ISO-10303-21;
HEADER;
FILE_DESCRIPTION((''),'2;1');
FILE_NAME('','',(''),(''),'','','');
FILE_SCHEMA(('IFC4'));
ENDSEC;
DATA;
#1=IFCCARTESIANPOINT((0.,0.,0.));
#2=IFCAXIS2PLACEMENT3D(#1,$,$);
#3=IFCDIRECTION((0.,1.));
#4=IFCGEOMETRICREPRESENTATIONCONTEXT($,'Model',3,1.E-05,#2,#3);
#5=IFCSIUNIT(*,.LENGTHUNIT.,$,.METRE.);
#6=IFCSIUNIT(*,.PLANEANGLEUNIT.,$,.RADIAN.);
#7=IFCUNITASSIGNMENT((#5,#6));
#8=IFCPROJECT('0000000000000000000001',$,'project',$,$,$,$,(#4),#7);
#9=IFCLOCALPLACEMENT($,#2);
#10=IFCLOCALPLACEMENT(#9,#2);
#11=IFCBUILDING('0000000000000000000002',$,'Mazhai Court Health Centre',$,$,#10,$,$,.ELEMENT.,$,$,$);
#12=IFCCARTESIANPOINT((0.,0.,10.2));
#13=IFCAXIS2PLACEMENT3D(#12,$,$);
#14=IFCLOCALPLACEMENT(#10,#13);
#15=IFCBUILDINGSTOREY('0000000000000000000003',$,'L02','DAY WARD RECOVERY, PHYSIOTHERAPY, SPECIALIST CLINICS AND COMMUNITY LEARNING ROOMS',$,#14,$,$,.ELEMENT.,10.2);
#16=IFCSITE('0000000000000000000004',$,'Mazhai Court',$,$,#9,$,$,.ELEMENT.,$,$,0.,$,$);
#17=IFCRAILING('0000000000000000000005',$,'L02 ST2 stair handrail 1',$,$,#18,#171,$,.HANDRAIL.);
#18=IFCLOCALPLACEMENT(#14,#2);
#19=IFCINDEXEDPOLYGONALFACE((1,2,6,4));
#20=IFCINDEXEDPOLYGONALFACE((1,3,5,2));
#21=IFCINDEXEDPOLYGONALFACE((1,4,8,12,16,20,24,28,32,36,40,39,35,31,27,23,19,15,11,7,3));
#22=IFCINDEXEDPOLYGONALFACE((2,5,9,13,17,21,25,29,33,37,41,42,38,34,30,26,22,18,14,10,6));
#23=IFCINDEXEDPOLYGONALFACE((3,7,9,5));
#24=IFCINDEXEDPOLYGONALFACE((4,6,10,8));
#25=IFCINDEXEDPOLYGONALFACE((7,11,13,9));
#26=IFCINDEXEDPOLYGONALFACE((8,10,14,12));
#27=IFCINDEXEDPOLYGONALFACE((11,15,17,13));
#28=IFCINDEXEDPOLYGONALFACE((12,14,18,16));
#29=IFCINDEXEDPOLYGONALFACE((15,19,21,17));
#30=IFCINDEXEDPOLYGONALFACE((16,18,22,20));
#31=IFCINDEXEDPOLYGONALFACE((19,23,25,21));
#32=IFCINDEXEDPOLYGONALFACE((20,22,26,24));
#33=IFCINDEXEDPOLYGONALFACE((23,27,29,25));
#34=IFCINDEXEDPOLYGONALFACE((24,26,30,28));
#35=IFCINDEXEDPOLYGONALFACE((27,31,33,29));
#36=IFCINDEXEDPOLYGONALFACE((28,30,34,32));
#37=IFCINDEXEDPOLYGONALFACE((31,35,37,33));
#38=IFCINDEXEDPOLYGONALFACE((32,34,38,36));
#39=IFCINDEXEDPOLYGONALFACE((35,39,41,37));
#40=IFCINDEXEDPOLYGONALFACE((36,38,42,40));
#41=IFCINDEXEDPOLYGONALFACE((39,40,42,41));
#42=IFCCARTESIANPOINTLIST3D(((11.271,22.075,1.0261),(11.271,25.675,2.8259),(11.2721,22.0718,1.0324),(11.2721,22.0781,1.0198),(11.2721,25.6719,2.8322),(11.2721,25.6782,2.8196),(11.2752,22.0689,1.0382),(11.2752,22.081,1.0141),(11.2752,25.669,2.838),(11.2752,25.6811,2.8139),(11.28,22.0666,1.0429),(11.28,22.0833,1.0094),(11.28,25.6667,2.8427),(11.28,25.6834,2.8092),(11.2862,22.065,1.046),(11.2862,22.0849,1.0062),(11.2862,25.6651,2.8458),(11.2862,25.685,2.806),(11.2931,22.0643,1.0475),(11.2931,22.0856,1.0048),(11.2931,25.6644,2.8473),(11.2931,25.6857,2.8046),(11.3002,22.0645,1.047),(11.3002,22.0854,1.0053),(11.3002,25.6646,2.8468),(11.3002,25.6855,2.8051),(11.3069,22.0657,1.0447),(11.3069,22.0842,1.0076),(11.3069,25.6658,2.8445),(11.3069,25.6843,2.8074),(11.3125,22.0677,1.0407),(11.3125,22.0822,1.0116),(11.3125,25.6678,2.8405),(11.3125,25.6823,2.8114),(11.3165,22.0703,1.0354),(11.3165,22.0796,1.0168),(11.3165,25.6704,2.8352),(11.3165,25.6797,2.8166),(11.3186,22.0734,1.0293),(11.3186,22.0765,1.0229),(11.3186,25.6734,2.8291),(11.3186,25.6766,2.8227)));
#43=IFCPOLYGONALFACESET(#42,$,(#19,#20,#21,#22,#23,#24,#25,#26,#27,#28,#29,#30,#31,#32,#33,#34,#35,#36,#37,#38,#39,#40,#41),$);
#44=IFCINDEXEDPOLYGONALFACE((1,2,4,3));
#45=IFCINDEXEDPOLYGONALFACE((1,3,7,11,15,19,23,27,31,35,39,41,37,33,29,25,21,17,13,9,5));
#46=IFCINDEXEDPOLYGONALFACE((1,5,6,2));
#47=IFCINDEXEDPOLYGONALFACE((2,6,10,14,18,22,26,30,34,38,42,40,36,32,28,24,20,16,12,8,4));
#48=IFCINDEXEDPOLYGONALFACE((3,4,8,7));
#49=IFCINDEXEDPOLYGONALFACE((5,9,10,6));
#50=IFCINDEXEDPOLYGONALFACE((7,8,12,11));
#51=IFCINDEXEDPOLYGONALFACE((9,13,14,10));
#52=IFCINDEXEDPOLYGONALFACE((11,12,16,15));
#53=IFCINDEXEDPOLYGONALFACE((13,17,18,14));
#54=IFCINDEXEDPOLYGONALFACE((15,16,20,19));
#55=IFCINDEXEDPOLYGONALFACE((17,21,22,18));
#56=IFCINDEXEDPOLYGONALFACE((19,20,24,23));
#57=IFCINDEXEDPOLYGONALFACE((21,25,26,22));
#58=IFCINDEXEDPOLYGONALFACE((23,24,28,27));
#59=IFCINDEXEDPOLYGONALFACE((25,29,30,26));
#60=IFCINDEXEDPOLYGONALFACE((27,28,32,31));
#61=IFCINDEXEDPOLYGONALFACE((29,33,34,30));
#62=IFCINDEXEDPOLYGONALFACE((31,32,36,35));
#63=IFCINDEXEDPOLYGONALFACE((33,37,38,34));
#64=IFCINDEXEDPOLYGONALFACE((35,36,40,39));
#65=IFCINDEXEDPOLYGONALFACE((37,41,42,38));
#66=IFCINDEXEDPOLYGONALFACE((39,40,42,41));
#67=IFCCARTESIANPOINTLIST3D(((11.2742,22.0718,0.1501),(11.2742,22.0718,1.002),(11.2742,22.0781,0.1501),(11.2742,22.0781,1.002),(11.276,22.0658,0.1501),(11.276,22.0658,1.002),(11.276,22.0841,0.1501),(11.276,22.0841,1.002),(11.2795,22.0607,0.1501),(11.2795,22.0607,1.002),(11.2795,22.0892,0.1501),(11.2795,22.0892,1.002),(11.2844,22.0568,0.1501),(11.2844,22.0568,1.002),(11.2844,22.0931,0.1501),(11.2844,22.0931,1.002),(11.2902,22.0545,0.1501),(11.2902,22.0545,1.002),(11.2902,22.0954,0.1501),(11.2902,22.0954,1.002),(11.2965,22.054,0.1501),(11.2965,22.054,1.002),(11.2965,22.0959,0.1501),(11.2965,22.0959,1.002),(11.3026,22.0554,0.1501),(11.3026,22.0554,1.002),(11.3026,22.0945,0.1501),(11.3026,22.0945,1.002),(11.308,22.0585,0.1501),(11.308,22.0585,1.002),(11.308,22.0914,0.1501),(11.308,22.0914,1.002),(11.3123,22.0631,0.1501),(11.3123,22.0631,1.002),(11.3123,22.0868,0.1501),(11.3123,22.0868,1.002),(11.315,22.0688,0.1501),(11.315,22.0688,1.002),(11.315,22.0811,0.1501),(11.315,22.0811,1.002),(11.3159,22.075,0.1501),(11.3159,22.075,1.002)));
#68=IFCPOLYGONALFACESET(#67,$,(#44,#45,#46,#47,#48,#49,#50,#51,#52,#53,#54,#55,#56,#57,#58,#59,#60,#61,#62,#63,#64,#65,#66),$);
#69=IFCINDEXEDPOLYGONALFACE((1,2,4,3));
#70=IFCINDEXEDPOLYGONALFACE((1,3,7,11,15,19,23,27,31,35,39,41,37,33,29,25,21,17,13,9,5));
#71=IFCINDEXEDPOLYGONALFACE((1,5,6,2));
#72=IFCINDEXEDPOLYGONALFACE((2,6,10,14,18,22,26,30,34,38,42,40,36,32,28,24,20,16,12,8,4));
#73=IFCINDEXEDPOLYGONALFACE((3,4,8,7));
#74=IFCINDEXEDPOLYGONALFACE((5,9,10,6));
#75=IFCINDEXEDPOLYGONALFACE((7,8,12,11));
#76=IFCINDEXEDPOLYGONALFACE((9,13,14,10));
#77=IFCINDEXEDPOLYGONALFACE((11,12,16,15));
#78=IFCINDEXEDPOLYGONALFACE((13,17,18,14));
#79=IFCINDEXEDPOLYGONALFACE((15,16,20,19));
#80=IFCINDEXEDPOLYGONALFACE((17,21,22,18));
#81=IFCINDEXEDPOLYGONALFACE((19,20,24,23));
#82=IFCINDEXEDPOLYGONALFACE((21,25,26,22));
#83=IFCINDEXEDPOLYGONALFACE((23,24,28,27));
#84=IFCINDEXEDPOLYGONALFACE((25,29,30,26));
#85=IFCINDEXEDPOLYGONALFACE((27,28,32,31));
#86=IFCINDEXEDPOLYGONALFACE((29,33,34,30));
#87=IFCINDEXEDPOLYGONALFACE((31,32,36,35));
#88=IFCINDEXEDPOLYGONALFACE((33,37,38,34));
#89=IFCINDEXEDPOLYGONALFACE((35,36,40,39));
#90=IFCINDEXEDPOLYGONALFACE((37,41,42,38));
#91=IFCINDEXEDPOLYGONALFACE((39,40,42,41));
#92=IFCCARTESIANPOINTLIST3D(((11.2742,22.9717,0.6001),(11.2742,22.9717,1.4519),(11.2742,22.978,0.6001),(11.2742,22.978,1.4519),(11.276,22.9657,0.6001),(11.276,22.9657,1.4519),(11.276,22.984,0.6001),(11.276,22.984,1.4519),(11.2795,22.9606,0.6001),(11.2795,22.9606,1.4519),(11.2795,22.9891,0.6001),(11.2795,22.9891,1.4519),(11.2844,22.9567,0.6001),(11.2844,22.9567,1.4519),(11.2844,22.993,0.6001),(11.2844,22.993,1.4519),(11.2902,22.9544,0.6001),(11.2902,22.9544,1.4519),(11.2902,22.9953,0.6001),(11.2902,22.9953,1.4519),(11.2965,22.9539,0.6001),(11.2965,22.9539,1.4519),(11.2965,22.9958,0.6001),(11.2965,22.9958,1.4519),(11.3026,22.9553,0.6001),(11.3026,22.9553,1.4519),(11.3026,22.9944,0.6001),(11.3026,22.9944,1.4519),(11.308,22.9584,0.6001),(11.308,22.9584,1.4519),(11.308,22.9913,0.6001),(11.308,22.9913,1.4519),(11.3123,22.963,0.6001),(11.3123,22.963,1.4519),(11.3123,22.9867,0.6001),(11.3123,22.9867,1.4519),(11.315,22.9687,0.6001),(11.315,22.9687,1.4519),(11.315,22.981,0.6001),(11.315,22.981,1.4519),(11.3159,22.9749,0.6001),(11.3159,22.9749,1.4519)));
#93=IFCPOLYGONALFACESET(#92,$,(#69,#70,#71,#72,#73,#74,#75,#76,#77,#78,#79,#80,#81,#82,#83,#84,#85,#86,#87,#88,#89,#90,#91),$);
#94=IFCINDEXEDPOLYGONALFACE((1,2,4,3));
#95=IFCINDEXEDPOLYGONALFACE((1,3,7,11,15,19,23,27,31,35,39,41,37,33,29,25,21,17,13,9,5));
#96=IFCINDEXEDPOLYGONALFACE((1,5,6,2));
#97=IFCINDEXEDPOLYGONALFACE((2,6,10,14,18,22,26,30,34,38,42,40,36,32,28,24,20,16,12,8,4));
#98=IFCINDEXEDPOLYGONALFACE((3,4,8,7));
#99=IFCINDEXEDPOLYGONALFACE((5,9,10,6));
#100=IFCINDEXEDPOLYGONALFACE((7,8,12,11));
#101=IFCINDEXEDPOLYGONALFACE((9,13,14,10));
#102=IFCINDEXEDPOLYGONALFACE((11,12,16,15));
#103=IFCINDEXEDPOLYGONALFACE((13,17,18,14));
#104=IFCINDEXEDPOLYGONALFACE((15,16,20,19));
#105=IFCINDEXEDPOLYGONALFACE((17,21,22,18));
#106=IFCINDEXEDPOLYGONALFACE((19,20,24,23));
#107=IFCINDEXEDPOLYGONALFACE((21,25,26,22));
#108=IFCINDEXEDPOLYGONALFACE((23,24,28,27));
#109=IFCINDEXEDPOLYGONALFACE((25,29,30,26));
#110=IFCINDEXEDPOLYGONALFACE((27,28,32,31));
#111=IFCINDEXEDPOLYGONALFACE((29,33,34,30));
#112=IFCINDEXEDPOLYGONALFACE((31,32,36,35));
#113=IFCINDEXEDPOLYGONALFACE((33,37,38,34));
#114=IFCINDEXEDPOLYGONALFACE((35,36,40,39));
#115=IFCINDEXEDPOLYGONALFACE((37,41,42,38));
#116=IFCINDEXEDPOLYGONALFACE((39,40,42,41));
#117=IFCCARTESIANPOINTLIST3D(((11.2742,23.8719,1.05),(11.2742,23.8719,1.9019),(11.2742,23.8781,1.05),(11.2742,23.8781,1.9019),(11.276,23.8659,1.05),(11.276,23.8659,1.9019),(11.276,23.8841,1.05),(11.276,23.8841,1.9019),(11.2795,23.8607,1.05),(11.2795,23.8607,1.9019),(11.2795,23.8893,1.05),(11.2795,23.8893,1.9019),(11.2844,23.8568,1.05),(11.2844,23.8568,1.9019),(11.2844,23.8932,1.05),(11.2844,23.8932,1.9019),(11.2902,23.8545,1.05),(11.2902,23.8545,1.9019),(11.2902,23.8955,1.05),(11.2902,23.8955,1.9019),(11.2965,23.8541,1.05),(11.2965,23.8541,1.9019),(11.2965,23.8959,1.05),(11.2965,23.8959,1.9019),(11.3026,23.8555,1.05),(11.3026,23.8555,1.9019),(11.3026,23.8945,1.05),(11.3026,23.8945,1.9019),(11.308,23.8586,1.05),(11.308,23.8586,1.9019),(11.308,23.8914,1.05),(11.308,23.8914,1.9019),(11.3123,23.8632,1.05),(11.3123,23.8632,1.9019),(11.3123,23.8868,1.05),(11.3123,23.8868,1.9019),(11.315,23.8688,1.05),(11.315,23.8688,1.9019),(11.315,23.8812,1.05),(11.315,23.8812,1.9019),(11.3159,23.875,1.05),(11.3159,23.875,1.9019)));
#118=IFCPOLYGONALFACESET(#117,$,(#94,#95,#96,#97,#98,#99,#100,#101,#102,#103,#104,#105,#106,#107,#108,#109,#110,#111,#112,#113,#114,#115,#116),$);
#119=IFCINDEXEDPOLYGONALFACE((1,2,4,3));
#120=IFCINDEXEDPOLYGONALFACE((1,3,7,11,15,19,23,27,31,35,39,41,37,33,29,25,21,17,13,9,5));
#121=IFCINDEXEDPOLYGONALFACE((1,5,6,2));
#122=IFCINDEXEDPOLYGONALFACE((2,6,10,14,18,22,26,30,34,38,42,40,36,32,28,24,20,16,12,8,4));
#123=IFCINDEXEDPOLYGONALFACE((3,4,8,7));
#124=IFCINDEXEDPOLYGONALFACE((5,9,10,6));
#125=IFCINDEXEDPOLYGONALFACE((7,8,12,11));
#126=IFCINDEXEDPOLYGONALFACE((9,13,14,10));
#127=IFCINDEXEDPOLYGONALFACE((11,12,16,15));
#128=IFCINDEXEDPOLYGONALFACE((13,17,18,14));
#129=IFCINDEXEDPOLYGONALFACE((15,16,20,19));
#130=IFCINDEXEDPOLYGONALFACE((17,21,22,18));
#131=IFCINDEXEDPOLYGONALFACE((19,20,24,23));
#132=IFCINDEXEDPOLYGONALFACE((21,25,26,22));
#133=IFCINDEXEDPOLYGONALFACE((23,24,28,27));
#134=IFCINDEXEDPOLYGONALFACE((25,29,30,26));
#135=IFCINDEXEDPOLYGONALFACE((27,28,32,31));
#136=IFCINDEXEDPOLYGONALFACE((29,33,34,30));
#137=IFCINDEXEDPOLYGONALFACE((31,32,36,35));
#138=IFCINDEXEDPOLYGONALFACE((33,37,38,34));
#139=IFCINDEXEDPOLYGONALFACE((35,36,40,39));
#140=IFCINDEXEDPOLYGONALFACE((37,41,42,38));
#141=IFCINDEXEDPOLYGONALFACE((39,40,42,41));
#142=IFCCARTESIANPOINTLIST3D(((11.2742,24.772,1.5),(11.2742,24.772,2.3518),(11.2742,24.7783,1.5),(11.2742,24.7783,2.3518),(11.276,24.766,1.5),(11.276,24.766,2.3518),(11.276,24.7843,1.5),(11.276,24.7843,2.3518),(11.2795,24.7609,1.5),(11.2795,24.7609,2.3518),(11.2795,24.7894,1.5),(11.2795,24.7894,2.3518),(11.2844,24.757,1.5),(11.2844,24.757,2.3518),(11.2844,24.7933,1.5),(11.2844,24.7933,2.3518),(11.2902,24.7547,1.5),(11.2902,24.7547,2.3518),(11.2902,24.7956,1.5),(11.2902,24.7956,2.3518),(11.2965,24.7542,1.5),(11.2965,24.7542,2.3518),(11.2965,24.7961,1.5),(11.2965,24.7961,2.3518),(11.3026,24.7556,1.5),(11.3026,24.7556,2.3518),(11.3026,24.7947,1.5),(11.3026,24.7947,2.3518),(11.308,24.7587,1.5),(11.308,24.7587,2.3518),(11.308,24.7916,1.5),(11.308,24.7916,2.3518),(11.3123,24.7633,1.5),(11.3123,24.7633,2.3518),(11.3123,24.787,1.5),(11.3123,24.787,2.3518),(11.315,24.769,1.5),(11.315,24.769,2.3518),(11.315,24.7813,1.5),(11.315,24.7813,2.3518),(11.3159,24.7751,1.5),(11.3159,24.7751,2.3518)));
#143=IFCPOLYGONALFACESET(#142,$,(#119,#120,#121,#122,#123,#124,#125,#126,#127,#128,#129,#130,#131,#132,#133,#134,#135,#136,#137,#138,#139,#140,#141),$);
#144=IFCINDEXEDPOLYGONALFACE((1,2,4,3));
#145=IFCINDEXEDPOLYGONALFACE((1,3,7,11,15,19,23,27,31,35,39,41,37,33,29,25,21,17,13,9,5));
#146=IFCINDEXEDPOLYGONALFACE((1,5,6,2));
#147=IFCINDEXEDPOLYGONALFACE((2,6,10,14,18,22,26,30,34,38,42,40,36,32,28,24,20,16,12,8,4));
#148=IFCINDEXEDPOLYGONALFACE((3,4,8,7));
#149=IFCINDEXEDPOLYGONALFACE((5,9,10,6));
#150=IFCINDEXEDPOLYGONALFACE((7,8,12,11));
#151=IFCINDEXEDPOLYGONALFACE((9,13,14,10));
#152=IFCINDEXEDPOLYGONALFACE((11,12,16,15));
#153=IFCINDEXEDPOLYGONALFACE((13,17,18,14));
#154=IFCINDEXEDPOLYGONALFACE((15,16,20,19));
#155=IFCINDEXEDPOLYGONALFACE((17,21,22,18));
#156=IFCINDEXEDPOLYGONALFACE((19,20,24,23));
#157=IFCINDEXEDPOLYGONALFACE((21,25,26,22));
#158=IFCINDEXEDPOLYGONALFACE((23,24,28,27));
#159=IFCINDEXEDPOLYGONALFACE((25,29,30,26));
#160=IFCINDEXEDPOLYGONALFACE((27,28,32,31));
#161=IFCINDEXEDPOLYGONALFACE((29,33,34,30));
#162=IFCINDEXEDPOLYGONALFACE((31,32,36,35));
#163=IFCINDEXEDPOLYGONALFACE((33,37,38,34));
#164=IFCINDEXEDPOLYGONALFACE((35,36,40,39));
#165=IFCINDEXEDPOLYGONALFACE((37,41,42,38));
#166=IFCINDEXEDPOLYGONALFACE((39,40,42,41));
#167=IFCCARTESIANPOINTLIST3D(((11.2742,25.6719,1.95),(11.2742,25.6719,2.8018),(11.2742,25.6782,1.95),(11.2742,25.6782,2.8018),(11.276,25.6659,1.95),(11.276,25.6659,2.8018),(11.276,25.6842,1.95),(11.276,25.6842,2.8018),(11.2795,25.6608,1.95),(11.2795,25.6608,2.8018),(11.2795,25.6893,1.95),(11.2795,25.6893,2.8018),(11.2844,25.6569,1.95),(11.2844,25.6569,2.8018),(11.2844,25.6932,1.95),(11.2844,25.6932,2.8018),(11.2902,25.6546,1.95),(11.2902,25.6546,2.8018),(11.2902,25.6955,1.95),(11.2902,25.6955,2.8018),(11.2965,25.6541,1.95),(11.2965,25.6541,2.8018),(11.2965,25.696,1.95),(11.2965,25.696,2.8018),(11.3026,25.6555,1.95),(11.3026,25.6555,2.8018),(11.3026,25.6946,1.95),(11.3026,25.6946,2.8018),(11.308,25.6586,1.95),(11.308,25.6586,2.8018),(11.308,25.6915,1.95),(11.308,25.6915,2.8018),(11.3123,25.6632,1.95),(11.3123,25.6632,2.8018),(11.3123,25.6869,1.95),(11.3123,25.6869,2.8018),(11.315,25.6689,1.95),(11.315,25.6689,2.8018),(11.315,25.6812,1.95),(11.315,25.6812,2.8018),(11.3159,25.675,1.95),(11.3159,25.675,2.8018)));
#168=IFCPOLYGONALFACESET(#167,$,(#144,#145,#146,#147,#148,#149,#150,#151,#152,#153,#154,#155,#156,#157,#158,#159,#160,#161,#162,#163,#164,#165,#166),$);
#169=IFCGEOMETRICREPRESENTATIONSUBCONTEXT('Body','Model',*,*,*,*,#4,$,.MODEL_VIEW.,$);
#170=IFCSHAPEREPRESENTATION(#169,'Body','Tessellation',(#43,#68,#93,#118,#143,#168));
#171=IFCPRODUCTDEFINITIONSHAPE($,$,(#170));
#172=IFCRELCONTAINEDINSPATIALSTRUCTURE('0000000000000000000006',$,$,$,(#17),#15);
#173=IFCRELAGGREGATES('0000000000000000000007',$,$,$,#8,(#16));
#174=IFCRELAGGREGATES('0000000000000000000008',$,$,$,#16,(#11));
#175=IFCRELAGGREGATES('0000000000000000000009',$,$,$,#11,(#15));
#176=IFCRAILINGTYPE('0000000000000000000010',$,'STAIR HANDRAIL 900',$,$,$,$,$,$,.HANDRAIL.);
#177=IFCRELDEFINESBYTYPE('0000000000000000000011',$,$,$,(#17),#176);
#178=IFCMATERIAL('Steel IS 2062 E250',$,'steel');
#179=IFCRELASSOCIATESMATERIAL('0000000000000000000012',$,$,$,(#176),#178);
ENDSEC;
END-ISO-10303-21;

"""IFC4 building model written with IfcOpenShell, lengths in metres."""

from ifc_helpers import new_model, si_unit, direction, frame, origin, origin_2d, place, context, subcontext, project, spatial, circle, extrude, material, type_object, element, save


model = new_model("IFC4")

# Units and contexts
model_context = context("Model", 3, precision=1e-05, world=origin(), true_north=direction((0.0, 1.0)))
body_context = subcontext(model_context, "Body", "Model", "MODEL_VIEW")
ifc_project = project(units=[si_unit("LENGTHUNIT", "METRE"), si_unit("PLANEANGLEUNIT", "RADIAN")], contexts=[model_context])

# Site, building, storey
site_placement = place(None, origin())
site = spatial("IfcSite", under=ifc_project, at=site_placement, Name="Mazhai Court", CompositionType="ELEMENT", RefElevation=0.0)
building_placement = place(site_placement, origin())
building = spatial("IfcBuilding", under=site, at=building_placement, Name="Mazhai Court Health Centre", CompositionType="ELEMENT")
storey_placement = place(building_placement, frame((0.0, 0.0, 10.2)))
storey = spatial("IfcBuildingStorey", under=building, at=storey_placement, Name="L02", Description="DAY WARD RECOVERY, PHYSIOTHERAPY, SPECIALIST CLINICS AND COMMUNITY LEARNING ROOMS", CompositionType="ELEMENT", Elevation=10.2)

# Railing
ifc_material_1 = material(Name="Steel IS 2062 E250", Category="steel")
railing_type_1 = type_object("IfcRailingType", Name="STAIR HANDRAIL 900", PredefinedType="HANDRAIL", material=ifc_material_1)
railing_1_placement = place(storey_placement, frame((11.2949, 22.075, 0.1501)))
element("IfcRailing", 1, at=railing_1_placement, inside=storey, type_object=railing_type_1, Name="L02 ST2 stair handrail 1", PredefinedType="HANDRAIL", context=body_context, shape_type="SweptSolid", body=[
    extrude(circle(Radius=0.0239, at=origin_2d()), frame((0.0, 0.0, 0.876), z_axis=(0.0, 0.894451, 0.447165), x_axis=(-1.0, 0.0, 0.0)), (0.0, 0.0, 1.0), 4.0249),
    extrude(circle(Radius=0.021, at=origin_2d()), origin(), (0.0, 0.0, 1.0), 0.8518),
    extrude(circle(Radius=0.021, at=origin_2d()), frame((0.0, 0.8999, 0.45)), (0.0, 0.0, 1.0), 0.8518),
    extrude(circle(Radius=0.021, at=origin_2d()), frame((0.0, 1.8, 0.8999)), (0.0, 0.0, 1.0), 0.8518),
    extrude(circle(Radius=0.021, at=origin_2d()), frame((0.0, 2.7002, 1.3499)), (0.0, 0.0, 1.0), 0.8518),
    extrude(circle(Radius=0.021, at=origin_2d()), frame((0.0, 3.6001, 1.7998)), (0.0, 0.0, 1.0), 0.8518),
])

save(model, "model.ifc")
